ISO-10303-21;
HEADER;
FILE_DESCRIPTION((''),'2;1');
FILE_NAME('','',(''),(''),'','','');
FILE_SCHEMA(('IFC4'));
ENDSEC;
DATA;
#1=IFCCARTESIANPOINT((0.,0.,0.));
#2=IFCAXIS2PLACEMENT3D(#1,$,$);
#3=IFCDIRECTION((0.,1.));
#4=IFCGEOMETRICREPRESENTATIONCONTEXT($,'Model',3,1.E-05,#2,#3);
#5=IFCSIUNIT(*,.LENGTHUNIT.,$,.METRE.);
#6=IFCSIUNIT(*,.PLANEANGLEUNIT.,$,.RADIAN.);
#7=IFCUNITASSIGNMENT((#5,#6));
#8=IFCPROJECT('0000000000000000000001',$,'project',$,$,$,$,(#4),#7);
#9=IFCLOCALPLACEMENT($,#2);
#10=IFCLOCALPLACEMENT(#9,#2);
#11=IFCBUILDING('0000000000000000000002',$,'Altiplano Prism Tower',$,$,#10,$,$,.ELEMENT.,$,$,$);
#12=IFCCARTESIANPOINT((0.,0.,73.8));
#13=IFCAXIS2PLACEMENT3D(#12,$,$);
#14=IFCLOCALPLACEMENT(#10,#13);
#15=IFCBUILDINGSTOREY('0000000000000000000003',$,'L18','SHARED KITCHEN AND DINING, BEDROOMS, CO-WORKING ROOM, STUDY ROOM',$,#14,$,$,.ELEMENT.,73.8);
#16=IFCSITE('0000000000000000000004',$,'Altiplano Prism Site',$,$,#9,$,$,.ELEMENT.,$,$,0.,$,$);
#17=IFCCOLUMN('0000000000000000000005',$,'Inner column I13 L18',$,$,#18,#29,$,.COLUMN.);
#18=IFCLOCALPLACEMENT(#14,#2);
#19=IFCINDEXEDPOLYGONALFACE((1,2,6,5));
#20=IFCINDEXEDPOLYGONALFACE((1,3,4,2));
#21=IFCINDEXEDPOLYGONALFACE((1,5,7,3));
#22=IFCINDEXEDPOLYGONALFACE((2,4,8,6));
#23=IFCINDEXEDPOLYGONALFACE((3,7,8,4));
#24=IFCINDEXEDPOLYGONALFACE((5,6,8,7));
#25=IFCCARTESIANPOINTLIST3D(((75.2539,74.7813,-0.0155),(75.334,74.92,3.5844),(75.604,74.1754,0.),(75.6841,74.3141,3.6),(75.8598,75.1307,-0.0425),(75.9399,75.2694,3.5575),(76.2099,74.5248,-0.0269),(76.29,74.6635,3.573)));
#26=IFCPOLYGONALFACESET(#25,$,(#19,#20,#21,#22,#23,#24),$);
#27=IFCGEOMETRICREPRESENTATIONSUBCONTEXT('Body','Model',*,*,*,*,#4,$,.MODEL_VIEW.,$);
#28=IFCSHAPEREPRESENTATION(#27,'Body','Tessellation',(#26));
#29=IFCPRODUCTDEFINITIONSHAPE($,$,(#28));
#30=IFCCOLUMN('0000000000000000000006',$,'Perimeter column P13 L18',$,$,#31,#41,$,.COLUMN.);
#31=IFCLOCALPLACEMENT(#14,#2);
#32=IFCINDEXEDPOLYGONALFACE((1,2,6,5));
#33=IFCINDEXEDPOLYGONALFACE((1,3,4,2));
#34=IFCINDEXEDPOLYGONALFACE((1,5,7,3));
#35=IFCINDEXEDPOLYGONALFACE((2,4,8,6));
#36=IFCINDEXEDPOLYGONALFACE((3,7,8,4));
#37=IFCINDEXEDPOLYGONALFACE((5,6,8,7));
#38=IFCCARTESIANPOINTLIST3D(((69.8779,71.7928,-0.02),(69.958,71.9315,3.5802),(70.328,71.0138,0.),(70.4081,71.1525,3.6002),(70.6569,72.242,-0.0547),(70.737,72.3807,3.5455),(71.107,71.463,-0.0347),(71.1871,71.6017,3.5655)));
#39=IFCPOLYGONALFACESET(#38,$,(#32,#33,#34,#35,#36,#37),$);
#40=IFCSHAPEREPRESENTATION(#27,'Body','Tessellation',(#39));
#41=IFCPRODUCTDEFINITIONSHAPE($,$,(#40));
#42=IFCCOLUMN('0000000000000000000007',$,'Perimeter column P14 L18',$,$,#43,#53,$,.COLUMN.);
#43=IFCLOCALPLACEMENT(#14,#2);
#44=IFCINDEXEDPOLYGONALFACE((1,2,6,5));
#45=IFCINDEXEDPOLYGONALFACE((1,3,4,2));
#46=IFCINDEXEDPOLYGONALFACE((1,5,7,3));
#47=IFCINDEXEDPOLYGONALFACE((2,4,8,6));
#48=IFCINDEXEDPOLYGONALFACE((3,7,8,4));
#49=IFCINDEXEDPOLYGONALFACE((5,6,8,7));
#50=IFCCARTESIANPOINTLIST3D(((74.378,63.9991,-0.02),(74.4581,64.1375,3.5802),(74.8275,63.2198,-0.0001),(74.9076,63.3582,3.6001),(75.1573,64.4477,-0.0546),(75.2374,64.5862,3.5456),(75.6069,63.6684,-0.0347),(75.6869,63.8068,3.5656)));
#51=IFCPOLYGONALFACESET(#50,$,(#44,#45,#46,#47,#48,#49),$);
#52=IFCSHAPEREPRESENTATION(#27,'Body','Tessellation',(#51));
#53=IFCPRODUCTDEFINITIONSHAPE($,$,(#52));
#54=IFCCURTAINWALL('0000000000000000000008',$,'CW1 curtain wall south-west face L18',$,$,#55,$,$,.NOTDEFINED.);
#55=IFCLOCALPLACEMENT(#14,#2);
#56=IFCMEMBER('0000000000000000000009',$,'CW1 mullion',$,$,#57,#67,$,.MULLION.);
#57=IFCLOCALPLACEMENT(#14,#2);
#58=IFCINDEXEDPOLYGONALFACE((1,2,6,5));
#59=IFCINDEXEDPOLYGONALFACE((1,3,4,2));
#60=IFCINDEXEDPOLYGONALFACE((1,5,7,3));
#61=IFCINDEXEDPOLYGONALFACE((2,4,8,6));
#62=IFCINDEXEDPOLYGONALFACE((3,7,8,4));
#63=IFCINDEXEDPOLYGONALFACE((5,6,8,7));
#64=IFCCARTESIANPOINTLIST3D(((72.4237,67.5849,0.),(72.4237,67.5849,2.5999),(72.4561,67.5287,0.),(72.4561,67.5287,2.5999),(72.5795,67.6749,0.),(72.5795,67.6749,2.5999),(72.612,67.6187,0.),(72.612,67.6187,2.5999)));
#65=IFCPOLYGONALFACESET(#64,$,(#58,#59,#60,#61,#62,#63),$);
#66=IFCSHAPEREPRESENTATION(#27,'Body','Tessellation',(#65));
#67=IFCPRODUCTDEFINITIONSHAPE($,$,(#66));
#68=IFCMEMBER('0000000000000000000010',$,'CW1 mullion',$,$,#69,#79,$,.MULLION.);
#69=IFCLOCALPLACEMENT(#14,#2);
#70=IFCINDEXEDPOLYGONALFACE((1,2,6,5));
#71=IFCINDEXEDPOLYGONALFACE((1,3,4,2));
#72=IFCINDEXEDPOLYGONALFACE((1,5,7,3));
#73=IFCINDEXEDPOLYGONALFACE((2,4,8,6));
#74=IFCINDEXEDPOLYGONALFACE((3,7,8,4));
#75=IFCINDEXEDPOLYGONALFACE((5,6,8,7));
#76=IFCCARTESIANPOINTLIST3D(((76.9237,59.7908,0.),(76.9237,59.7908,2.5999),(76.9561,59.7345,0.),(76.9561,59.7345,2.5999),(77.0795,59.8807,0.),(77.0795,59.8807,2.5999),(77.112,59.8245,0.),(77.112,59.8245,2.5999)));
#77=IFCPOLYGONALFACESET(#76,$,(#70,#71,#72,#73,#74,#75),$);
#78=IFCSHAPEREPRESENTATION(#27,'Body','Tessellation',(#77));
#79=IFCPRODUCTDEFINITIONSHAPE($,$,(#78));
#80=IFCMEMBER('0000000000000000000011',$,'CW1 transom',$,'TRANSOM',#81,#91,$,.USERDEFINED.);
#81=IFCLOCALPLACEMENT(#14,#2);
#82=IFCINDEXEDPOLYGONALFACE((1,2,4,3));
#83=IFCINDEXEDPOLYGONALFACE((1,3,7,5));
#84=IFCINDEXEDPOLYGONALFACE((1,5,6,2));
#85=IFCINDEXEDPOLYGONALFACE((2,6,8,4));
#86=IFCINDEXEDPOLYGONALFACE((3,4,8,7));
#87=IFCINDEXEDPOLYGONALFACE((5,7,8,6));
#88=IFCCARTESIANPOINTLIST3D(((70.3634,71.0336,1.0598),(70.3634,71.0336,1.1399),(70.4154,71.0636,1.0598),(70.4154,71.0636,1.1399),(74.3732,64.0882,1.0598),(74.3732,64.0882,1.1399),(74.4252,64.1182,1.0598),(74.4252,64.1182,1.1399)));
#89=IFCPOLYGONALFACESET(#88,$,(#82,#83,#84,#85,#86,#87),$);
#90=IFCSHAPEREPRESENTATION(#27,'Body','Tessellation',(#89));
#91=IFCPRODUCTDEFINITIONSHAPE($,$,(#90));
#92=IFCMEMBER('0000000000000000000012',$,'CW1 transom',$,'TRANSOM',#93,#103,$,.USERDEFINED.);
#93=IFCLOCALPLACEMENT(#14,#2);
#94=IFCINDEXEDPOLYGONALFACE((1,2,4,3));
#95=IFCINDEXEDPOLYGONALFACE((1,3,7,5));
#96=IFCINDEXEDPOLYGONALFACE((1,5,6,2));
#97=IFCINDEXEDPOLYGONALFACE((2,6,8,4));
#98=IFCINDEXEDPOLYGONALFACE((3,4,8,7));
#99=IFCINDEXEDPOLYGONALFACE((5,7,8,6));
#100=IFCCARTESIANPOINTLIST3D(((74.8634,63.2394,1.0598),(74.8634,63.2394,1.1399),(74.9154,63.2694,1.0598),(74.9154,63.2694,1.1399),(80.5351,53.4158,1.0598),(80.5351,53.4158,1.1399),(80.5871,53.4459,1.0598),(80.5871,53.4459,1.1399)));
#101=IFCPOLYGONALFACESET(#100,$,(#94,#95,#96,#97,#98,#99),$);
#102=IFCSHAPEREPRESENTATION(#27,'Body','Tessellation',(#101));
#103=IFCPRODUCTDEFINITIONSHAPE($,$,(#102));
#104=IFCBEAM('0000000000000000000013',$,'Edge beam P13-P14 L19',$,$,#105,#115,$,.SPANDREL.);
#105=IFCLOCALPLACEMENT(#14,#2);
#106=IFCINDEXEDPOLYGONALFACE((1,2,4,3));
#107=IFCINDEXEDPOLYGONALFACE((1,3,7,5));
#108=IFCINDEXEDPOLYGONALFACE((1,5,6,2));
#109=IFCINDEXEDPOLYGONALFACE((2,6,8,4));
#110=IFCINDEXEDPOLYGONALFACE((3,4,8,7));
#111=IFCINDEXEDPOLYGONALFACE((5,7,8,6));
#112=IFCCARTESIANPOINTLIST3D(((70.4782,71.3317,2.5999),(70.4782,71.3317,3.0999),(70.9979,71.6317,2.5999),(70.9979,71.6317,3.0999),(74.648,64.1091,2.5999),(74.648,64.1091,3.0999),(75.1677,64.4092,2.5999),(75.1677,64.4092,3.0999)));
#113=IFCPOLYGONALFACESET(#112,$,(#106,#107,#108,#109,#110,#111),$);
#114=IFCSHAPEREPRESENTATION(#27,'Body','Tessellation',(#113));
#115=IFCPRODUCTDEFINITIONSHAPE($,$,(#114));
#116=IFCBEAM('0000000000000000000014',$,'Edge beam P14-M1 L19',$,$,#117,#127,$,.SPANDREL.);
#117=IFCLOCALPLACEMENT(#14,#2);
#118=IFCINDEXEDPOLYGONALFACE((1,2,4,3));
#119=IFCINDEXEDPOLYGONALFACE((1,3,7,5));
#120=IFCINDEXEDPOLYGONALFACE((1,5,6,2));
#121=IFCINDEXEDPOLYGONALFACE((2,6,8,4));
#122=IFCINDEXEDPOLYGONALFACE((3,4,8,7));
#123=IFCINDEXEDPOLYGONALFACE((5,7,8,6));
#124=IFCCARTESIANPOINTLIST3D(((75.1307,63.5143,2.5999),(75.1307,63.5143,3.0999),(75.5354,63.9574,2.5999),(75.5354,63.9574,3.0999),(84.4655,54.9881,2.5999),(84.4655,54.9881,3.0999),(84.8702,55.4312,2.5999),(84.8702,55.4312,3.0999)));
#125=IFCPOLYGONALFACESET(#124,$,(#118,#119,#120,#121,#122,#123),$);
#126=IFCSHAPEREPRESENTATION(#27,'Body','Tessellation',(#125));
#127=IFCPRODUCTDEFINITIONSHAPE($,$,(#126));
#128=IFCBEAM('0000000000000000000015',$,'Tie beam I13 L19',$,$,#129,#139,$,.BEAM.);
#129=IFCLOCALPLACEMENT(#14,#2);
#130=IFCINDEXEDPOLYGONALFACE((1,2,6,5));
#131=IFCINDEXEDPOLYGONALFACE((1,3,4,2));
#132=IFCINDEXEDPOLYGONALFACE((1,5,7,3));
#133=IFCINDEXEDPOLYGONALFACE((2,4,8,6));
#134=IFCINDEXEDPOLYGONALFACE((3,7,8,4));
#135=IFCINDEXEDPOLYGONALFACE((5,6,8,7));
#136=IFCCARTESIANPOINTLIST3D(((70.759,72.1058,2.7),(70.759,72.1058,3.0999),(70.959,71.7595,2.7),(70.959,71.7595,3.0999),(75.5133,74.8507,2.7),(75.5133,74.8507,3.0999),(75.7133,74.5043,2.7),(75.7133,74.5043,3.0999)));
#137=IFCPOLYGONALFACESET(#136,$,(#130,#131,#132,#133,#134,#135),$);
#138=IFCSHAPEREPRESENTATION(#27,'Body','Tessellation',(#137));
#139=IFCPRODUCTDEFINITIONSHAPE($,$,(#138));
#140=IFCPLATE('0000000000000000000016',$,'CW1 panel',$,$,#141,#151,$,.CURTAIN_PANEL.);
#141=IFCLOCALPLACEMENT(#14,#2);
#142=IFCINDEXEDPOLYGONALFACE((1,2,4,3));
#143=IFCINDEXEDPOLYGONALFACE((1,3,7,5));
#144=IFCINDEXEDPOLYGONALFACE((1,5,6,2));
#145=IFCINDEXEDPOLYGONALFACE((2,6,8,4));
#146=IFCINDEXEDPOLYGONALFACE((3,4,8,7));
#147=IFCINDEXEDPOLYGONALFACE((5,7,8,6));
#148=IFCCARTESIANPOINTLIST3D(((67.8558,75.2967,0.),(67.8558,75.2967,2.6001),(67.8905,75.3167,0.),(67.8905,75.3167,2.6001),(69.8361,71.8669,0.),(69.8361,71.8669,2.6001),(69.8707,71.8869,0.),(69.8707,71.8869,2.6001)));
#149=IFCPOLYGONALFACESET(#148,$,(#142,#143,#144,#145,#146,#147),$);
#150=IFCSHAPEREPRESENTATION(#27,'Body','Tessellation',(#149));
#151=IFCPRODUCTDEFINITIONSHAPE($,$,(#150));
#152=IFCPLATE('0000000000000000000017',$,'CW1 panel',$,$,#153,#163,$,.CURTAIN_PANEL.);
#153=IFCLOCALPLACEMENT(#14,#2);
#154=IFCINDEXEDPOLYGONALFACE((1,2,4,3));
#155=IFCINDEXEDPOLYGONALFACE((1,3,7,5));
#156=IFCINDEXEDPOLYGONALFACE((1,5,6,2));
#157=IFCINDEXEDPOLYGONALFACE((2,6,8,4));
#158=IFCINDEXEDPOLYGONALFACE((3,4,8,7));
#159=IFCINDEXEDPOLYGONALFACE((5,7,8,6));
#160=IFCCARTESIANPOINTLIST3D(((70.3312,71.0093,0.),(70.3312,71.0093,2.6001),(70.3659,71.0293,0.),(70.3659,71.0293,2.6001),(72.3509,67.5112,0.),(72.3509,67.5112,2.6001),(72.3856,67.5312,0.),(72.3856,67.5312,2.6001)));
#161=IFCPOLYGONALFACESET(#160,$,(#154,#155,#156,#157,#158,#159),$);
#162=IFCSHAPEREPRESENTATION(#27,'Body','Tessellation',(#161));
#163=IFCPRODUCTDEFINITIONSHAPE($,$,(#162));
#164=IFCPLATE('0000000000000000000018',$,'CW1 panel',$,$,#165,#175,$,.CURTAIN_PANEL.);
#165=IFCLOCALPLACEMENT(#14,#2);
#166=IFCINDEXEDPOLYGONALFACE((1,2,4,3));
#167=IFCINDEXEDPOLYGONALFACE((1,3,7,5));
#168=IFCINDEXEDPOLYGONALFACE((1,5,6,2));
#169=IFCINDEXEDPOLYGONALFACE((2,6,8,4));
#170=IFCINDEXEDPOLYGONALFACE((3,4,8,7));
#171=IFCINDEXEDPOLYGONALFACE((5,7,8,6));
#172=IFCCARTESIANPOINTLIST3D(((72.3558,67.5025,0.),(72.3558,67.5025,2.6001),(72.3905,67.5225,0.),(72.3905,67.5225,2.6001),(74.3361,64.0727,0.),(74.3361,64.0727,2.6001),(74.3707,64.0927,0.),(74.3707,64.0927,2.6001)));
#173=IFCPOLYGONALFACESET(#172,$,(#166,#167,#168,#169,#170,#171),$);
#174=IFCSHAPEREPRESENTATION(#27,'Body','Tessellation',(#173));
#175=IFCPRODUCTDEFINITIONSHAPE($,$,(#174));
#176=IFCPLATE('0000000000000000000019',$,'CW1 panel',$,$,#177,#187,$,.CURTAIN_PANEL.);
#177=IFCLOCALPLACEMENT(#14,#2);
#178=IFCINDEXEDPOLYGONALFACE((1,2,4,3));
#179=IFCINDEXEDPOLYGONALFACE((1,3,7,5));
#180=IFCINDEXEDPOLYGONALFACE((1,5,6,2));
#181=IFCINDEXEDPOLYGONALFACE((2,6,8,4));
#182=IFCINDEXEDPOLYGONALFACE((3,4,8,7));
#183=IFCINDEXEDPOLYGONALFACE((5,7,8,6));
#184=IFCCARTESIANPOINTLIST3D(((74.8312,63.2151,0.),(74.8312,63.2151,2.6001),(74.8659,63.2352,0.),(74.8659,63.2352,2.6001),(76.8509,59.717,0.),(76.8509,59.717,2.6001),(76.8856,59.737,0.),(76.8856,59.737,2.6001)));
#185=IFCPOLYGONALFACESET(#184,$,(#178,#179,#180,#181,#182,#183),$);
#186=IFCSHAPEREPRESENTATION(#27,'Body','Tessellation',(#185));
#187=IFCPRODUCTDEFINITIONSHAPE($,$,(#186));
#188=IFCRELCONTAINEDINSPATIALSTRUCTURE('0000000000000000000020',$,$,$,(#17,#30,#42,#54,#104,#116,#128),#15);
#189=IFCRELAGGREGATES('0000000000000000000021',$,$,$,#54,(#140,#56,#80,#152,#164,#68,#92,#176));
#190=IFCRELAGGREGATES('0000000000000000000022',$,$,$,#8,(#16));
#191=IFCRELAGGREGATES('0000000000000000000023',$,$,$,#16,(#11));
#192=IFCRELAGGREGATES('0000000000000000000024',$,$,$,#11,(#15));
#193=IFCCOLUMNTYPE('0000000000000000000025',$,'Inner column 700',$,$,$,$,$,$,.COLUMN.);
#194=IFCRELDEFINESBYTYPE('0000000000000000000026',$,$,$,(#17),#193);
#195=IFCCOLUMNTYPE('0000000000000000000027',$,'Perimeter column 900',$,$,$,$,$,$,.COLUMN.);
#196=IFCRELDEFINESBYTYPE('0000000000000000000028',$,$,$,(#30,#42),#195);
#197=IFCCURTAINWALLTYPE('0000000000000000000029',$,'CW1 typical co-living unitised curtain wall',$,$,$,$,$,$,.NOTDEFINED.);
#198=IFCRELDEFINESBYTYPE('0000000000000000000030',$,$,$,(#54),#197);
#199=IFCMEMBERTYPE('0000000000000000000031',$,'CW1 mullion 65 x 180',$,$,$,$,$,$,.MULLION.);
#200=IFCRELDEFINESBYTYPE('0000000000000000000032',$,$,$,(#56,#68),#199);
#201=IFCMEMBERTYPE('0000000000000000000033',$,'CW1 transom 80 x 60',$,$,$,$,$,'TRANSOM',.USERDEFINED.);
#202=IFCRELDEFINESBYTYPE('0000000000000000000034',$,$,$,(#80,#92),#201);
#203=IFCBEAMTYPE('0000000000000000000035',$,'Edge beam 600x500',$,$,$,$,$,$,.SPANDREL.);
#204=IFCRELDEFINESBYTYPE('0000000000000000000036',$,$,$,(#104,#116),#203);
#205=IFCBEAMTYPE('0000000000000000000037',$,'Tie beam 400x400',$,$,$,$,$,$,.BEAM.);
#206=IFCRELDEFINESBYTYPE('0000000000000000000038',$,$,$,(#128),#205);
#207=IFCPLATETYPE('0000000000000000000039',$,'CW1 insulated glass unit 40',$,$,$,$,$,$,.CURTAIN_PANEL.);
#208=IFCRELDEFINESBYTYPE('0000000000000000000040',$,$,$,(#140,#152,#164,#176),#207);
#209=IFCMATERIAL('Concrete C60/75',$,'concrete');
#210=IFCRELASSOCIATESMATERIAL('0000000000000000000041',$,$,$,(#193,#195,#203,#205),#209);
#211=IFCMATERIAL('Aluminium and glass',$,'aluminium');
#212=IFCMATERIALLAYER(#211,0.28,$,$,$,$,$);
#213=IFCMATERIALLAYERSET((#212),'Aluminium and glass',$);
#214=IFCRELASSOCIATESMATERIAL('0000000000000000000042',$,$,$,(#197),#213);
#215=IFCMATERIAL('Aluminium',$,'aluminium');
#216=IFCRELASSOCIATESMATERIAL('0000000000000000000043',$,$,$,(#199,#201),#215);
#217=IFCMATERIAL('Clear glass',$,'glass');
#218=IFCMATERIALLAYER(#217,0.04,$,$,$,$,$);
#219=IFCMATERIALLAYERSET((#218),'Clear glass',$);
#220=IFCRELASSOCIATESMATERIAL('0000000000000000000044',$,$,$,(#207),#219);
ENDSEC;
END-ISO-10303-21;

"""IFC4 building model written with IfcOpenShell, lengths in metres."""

from ifc_helpers import new_model, si_unit, direction, frame, origin, origin_2d, place, context, subcontext, project, spatial, rectangle, extrude, material, layer, layer_set, material_profile, profile_set, type_object, element, aggregate, save


model = new_model("IFC4")

# Units and contexts
model_context = context("Model", 3, precision=1e-05, world=origin(), true_north=direction((0.0, 1.0)))
body_context = subcontext(model_context, "Body", "Model", "MODEL_VIEW")
ifc_project = project(units=[si_unit("LENGTHUNIT", "METRE"), si_unit("PLANEANGLEUNIT", "RADIAN")], contexts=[model_context])

# Site, building, storey
site_placement = place(None, origin())
site = spatial("IfcSite", under=ifc_project, at=site_placement, Name="Altiplano Prism Site", CompositionType="ELEMENT", RefElevation=0.0)
building_placement = place(site_placement, origin())
building = spatial("IfcBuilding", under=site, at=building_placement, Name="Altiplano Prism Tower", CompositionType="ELEMENT")
storey_placement = place(building_placement, frame((0.0, 0.0, 73.8)))
storey = spatial("IfcBuildingStorey", under=building, at=storey_placement, Name="L18", Description="SHARED KITCHEN AND DINING, BEDROOMS, CO-WORKING ROOM, STUDY ROOM", CompositionType="ELEMENT", Elevation=73.8)

# Columns
ifc_material_1 = material(Name="Concrete C60/75", Category="concrete")
ifc_material_profile_1 = material_profile(ifc_material_1, rectangle(XDim=0.7, YDim=0.7, at=origin_2d()), Name="Inner column 700")
ifc_profile_set_1 = profile_set([ifc_material_profile_1], Name="Concrete C60/75")
column_type_1 = type_object("IfcColumnType", Name="Inner column 700", PredefinedType="COLUMN", material=ifc_profile_set_1)
column_placement = place(storey_placement, frame((75.7319, 74.6531, -0.0212), z_axis=(0.022223, 0.038483, 0.999012), x_axis=(-0.865639, -0.499187, 0.038485)))
element("IfcColumn", 1, at=column_placement, inside=storey, type_object=column_type_1, Name="Inner column I13 L18", PredefinedType="COLUMN", context=body_context, shape_type="SweptSolid", body=[
    extrude(rectangle(XDim=0.7, YDim=0.7, at=origin_2d()), origin(), (0.0, 0.0, 1.0), 3.6035),
])
ifc_material_profile_2 = material_profile(ifc_material_1, rectangle(XDim=0.8999, YDim=0.8999, at=origin_2d()), Name="Perimeter column 900")
ifc_profile_set_2 = profile_set([ifc_material_profile_2], Name="Concrete C60/75")
column_type_2 = type_object("IfcColumnType", Name="Perimeter column 900", PredefinedType="COLUMN", material=ifc_profile_set_2)
for number, where, z_axis, x_axis, name in (
    (2, (70.4924, 71.6279, -0.0273), (0.022221, 0.038481, 0.999012), (-0.865639, -0.499187, 0.038483), "Perimeter column P13 L18"),
    (3, (74.9924, 63.8337, -0.0273), (0.022221, 0.038413, 0.999015), (-0.866021, -0.498528, 0.038432), "Perimeter column P14 L18"),
):
    element("IfcColumn", number, at=place(storey_placement, frame(where, z_axis=z_axis, x_axis=x_axis)), inside=storey, type_object=column_type_2, Name=name, PredefinedType="COLUMN", context=body_context, shape_type="SweptSolid", body=[
        extrude(rectangle(XDim=0.8999, YDim=0.8999, at=origin_2d()), origin(), (0.0, 0.0, 1.0), 3.6038),
    ])

# Curtain wall, members
ifc_material_2 = material(Name="Aluminium and glass", Category="aluminium")
ifc_layer_1 = layer(ifc_material_2, 0.28)
ifc_layer_set_1 = layer_set([ifc_layer_1], Name="Aluminium and glass")
curtain_wall_type = type_object("IfcCurtainWallType", Name="CW1 typical co-living unitised curtain wall", PredefinedType="NOTDEFINED", material=ifc_layer_set_1)
curtain_wall_placement = place(storey_placement, origin())
curtain_wall = element("IfcCurtainWall", 4, at=curtain_wall_placement, inside=storey, type_object=curtain_wall_type, Name="CW1 curtain wall south-west face L18", PredefinedType="NOTDEFINED")
ifc_material_3 = material(Name="Aluminium", Category="aluminium")
ifc_material_profile_3 = material_profile(ifc_material_3, rectangle(XDim=0.1799, YDim=0.0649, at=origin_2d()), Name="CW1 mullion 65 x 180")
ifc_profile_set_3 = profile_set([ifc_material_profile_3], Name="Aluminium")
member_type_1 = type_object("IfcMemberType", Name="CW1 mullion 65 x 180", PredefinedType="MULLION", material=ifc_profile_set_3)
member_1_placement = place(storey_placement, frame((72.5178, 67.6018, 0.0), z_axis=(0.0, 0.0, 1.0), x_axis=(0.866025, 0.5, 0.0)))
member_1 = element("IfcMember", 5, at=member_1_placement, type_object=member_type_1, Name="CW1 mullion", PredefinedType="MULLION", context=body_context, shape_type="SweptSolid", body=[
    extrude(rectangle(XDim=0.1799, YDim=0.0649, at=origin_2d()), origin(), (0.0, 0.0, 1.0), 2.5999),
])
member_2_placement = place(storey_placement, frame((77.0178, 59.8076, 0.0), z_axis=(0.0, 0.0, 1.0), x_axis=(0.866025, 0.5, 0.0)))
member_2 = element("IfcMember", 6, at=member_2_placement, type_object=member_type_1, Name="CW1 mullion", PredefinedType="MULLION", context=body_context, shape_type="SweptSolid", body=[
    extrude(rectangle(XDim=0.1799, YDim=0.0649, at=origin_2d()), origin(), (0.0, 0.0, 1.0), 2.5999),
])
ifc_material_profile_4 = material_profile(ifc_material_3, rectangle(XDim=0.0601, YDim=0.0801, at=origin_2d()), Name="CW1 transom 80 x 60")
ifc_profile_set_4 = profile_set([ifc_material_profile_4], Name="Aluminium")
member_type_2 = type_object("IfcMemberType", Name="CW1 transom 80 x 60", ElementType="TRANSOM", PredefinedType="USERDEFINED", material=ifc_profile_set_4)
member_3_placement = place(storey_placement, frame((70.3894, 71.0486, 1.0999), z_axis=(0.499989, -0.866031, 0.0), x_axis=(0.866031, 0.499989, 0.0)))
member_3 = element("IfcMember", 7, at=member_3_placement, type_object=member_type_2, Name="CW1 transom", ObjectType="TRANSOM", PredefinedType="USERDEFINED", context=body_context, shape_type="SweptSolid", body=[
    extrude(rectangle(XDim=0.0601, YDim=0.0801, at=origin_2d()), origin(), (0.0, 0.0, 1.0), 8.0198),
])
member_4_placement = place(storey_placement, frame((74.8894, 63.2544, 1.0999), z_axis=(0.500003, -0.866024, 0.0), x_axis=(0.866024, 0.500003, 0.0)))
member_4 = element("IfcMember", 8, at=member_4_placement, type_object=member_type_2, Name="CW1 transom", ObjectType="TRANSOM", PredefinedType="USERDEFINED", context=body_context, shape_type="SweptSolid", body=[
    extrude(rectangle(XDim=0.0601, YDim=0.0801, at=origin_2d()), origin(), (0.0, 0.0, 1.0), 11.3433),
])

# Beams
ifc_material_profile_5 = material_profile(ifc_material_1, rectangle(XDim=0.6001, YDim=0.5, at=origin_2d()), Name="Edge beam 600x500")
ifc_profile_set_5 = profile_set([ifc_material_profile_5], Name="Concrete C60/75")
beam_type_1 = type_object("IfcBeamType", Name="Edge beam 600x500", PredefinedType="SPANDREL", material=ifc_profile_set_5)
beam_1_placement = place(storey_placement, frame((70.738, 71.4817, 2.8499), z_axis=(0.499993, -0.86603, 0.0), x_axis=(0.86603, 0.499993, 0.0)))
element("IfcBeam", 9, at=beam_1_placement, inside=storey, type_object=beam_type_1, Name="Edge beam P13-P14 L19", PredefinedType="SPANDREL", context=body_context, shape_type="SweptSolid", body=[
    extrude(rectangle(XDim=0.6001, YDim=0.5, at=origin_2d()), origin(), (0.0, 0.0, 1.0), 8.3398),
])
beam_2_placement = place(storey_placement, frame((75.333, 63.7358, 2.8499), z_axis=(0.738363, -0.674404, 0.0), x_axis=(0.674404, 0.738363, 0.0)))
element("IfcBeam", 10, at=beam_2_placement, inside=storey, type_object=beam_type_1, Name="Edge beam P14-M1 L19", PredefinedType="SPANDREL", context=body_context, shape_type="SweptSolid", body=[
    extrude(rectangle(XDim=0.6001, YDim=0.5, at=origin_2d()), origin(), (0.0, 0.0, 1.0), 12.6426),
])
ifc_material_profile_6 = material_profile(ifc_material_1, rectangle(XDim=0.3999, YDim=0.3999, at=origin_2d()), Name="Tie beam 400x400")
ifc_profile_set_6 = profile_set([ifc_material_profile_6], Name="Concrete C60/75")
beam_type_2 = type_object("IfcBeamType", Name="Tie beam 400x400", PredefinedType="BEAM", material=ifc_profile_set_6)
beam_3_placement = place(storey_placement, frame((75.6133, 74.6775, 2.8999), z_axis=(-0.866032, -0.499989, 0.0), x_axis=(0.499989, -0.866032, 0.0)))
element("IfcBeam", 11, at=beam_3_placement, inside=storey, type_object=beam_type_2, Name="Tie beam I13 L19", PredefinedType="BEAM", context=body_context, shape_type="SweptSolid", body=[
    extrude(rectangle(XDim=0.3999, YDim=0.3999, at=origin_2d()), origin(), (0.0, 0.0, 1.0), 5.4897),
])

# Plates
ifc_material_4 = material(Name="Clear glass", Category="glass")
ifc_layer_2 = layer(ifc_material_4, 0.04)
ifc_layer_set_2 = layer_set([ifc_layer_2], Name="Clear glass")
plate_type = type_object("IfcPlateType", Name="CW1 insulated glass unit 40", PredefinedType="CURTAIN_PANEL", material=ifc_layer_set_2)
plate_1_placement = place(storey_placement, frame((68.8633, 73.5918, 0.0), z_axis=(0.0, 0.0, 1.0), x_axis=(0.5, -0.866025, 0.0)))
plate_1 = element("IfcPlate", 12, at=plate_1_placement, type_object=plate_type, Name="CW1 panel", PredefinedType="CURTAIN_PANEL", context=body_context, shape_type="SweptSolid", body=[
    extrude(rectangle(XDim=3.9604, YDim=0.04, at=origin_2d()), origin(), (0.0, 0.0, 1.0), 2.6001),
])
plate_2_placement = place(storey_placement, frame((71.3584, 69.2703, 0.0), z_axis=(0.0, 0.0, 1.0), x_axis=(0.5, -0.866025, 0.0)))
plate_2 = element("IfcPlate", 13, at=plate_2_placement, type_object=plate_type, Name="CW1 panel", PredefinedType="CURTAIN_PANEL", context=body_context, shape_type="SweptSolid", body=[
    extrude(rectangle(XDim=4.0393, YDim=0.04, at=origin_2d()), origin(), (0.0, 0.0, 1.0), 2.6001),
])
plate_3_placement = place(storey_placement, frame((73.3633, 65.7976, 0.0), z_axis=(0.0, 0.0, 1.0), x_axis=(0.5, -0.866025, 0.0)))
plate_3 = element("IfcPlate", 14, at=plate_3_placement, type_object=plate_type, Name="CW1 panel", PredefinedType="CURTAIN_PANEL", context=body_context, shape_type="SweptSolid", body=[
    extrude(rectangle(XDim=3.9604, YDim=0.04, at=origin_2d()), origin(), (0.0, 0.0, 1.0), 2.6001),
])
plate_4_placement = place(storey_placement, frame((75.8584, 61.4761, 0.0), z_axis=(0.0, 0.0, 1.0), x_axis=(0.5, -0.866025, 0.0)))
plate_4 = element("IfcPlate", 15, at=plate_4_placement, type_object=plate_type, Name="CW1 panel", PredefinedType="CURTAIN_PANEL", context=body_context, shape_type="SweptSolid", body=[
    extrude(rectangle(XDim=4.0393, YDim=0.04, at=origin_2d()), origin(), (0.0, 0.0, 1.0), 2.6001),
])
aggregate(curtain_wall, [plate_1, member_1, member_3, plate_2, plate_3, member_2, member_4, plate_4])

save(model, "model.ifc")
